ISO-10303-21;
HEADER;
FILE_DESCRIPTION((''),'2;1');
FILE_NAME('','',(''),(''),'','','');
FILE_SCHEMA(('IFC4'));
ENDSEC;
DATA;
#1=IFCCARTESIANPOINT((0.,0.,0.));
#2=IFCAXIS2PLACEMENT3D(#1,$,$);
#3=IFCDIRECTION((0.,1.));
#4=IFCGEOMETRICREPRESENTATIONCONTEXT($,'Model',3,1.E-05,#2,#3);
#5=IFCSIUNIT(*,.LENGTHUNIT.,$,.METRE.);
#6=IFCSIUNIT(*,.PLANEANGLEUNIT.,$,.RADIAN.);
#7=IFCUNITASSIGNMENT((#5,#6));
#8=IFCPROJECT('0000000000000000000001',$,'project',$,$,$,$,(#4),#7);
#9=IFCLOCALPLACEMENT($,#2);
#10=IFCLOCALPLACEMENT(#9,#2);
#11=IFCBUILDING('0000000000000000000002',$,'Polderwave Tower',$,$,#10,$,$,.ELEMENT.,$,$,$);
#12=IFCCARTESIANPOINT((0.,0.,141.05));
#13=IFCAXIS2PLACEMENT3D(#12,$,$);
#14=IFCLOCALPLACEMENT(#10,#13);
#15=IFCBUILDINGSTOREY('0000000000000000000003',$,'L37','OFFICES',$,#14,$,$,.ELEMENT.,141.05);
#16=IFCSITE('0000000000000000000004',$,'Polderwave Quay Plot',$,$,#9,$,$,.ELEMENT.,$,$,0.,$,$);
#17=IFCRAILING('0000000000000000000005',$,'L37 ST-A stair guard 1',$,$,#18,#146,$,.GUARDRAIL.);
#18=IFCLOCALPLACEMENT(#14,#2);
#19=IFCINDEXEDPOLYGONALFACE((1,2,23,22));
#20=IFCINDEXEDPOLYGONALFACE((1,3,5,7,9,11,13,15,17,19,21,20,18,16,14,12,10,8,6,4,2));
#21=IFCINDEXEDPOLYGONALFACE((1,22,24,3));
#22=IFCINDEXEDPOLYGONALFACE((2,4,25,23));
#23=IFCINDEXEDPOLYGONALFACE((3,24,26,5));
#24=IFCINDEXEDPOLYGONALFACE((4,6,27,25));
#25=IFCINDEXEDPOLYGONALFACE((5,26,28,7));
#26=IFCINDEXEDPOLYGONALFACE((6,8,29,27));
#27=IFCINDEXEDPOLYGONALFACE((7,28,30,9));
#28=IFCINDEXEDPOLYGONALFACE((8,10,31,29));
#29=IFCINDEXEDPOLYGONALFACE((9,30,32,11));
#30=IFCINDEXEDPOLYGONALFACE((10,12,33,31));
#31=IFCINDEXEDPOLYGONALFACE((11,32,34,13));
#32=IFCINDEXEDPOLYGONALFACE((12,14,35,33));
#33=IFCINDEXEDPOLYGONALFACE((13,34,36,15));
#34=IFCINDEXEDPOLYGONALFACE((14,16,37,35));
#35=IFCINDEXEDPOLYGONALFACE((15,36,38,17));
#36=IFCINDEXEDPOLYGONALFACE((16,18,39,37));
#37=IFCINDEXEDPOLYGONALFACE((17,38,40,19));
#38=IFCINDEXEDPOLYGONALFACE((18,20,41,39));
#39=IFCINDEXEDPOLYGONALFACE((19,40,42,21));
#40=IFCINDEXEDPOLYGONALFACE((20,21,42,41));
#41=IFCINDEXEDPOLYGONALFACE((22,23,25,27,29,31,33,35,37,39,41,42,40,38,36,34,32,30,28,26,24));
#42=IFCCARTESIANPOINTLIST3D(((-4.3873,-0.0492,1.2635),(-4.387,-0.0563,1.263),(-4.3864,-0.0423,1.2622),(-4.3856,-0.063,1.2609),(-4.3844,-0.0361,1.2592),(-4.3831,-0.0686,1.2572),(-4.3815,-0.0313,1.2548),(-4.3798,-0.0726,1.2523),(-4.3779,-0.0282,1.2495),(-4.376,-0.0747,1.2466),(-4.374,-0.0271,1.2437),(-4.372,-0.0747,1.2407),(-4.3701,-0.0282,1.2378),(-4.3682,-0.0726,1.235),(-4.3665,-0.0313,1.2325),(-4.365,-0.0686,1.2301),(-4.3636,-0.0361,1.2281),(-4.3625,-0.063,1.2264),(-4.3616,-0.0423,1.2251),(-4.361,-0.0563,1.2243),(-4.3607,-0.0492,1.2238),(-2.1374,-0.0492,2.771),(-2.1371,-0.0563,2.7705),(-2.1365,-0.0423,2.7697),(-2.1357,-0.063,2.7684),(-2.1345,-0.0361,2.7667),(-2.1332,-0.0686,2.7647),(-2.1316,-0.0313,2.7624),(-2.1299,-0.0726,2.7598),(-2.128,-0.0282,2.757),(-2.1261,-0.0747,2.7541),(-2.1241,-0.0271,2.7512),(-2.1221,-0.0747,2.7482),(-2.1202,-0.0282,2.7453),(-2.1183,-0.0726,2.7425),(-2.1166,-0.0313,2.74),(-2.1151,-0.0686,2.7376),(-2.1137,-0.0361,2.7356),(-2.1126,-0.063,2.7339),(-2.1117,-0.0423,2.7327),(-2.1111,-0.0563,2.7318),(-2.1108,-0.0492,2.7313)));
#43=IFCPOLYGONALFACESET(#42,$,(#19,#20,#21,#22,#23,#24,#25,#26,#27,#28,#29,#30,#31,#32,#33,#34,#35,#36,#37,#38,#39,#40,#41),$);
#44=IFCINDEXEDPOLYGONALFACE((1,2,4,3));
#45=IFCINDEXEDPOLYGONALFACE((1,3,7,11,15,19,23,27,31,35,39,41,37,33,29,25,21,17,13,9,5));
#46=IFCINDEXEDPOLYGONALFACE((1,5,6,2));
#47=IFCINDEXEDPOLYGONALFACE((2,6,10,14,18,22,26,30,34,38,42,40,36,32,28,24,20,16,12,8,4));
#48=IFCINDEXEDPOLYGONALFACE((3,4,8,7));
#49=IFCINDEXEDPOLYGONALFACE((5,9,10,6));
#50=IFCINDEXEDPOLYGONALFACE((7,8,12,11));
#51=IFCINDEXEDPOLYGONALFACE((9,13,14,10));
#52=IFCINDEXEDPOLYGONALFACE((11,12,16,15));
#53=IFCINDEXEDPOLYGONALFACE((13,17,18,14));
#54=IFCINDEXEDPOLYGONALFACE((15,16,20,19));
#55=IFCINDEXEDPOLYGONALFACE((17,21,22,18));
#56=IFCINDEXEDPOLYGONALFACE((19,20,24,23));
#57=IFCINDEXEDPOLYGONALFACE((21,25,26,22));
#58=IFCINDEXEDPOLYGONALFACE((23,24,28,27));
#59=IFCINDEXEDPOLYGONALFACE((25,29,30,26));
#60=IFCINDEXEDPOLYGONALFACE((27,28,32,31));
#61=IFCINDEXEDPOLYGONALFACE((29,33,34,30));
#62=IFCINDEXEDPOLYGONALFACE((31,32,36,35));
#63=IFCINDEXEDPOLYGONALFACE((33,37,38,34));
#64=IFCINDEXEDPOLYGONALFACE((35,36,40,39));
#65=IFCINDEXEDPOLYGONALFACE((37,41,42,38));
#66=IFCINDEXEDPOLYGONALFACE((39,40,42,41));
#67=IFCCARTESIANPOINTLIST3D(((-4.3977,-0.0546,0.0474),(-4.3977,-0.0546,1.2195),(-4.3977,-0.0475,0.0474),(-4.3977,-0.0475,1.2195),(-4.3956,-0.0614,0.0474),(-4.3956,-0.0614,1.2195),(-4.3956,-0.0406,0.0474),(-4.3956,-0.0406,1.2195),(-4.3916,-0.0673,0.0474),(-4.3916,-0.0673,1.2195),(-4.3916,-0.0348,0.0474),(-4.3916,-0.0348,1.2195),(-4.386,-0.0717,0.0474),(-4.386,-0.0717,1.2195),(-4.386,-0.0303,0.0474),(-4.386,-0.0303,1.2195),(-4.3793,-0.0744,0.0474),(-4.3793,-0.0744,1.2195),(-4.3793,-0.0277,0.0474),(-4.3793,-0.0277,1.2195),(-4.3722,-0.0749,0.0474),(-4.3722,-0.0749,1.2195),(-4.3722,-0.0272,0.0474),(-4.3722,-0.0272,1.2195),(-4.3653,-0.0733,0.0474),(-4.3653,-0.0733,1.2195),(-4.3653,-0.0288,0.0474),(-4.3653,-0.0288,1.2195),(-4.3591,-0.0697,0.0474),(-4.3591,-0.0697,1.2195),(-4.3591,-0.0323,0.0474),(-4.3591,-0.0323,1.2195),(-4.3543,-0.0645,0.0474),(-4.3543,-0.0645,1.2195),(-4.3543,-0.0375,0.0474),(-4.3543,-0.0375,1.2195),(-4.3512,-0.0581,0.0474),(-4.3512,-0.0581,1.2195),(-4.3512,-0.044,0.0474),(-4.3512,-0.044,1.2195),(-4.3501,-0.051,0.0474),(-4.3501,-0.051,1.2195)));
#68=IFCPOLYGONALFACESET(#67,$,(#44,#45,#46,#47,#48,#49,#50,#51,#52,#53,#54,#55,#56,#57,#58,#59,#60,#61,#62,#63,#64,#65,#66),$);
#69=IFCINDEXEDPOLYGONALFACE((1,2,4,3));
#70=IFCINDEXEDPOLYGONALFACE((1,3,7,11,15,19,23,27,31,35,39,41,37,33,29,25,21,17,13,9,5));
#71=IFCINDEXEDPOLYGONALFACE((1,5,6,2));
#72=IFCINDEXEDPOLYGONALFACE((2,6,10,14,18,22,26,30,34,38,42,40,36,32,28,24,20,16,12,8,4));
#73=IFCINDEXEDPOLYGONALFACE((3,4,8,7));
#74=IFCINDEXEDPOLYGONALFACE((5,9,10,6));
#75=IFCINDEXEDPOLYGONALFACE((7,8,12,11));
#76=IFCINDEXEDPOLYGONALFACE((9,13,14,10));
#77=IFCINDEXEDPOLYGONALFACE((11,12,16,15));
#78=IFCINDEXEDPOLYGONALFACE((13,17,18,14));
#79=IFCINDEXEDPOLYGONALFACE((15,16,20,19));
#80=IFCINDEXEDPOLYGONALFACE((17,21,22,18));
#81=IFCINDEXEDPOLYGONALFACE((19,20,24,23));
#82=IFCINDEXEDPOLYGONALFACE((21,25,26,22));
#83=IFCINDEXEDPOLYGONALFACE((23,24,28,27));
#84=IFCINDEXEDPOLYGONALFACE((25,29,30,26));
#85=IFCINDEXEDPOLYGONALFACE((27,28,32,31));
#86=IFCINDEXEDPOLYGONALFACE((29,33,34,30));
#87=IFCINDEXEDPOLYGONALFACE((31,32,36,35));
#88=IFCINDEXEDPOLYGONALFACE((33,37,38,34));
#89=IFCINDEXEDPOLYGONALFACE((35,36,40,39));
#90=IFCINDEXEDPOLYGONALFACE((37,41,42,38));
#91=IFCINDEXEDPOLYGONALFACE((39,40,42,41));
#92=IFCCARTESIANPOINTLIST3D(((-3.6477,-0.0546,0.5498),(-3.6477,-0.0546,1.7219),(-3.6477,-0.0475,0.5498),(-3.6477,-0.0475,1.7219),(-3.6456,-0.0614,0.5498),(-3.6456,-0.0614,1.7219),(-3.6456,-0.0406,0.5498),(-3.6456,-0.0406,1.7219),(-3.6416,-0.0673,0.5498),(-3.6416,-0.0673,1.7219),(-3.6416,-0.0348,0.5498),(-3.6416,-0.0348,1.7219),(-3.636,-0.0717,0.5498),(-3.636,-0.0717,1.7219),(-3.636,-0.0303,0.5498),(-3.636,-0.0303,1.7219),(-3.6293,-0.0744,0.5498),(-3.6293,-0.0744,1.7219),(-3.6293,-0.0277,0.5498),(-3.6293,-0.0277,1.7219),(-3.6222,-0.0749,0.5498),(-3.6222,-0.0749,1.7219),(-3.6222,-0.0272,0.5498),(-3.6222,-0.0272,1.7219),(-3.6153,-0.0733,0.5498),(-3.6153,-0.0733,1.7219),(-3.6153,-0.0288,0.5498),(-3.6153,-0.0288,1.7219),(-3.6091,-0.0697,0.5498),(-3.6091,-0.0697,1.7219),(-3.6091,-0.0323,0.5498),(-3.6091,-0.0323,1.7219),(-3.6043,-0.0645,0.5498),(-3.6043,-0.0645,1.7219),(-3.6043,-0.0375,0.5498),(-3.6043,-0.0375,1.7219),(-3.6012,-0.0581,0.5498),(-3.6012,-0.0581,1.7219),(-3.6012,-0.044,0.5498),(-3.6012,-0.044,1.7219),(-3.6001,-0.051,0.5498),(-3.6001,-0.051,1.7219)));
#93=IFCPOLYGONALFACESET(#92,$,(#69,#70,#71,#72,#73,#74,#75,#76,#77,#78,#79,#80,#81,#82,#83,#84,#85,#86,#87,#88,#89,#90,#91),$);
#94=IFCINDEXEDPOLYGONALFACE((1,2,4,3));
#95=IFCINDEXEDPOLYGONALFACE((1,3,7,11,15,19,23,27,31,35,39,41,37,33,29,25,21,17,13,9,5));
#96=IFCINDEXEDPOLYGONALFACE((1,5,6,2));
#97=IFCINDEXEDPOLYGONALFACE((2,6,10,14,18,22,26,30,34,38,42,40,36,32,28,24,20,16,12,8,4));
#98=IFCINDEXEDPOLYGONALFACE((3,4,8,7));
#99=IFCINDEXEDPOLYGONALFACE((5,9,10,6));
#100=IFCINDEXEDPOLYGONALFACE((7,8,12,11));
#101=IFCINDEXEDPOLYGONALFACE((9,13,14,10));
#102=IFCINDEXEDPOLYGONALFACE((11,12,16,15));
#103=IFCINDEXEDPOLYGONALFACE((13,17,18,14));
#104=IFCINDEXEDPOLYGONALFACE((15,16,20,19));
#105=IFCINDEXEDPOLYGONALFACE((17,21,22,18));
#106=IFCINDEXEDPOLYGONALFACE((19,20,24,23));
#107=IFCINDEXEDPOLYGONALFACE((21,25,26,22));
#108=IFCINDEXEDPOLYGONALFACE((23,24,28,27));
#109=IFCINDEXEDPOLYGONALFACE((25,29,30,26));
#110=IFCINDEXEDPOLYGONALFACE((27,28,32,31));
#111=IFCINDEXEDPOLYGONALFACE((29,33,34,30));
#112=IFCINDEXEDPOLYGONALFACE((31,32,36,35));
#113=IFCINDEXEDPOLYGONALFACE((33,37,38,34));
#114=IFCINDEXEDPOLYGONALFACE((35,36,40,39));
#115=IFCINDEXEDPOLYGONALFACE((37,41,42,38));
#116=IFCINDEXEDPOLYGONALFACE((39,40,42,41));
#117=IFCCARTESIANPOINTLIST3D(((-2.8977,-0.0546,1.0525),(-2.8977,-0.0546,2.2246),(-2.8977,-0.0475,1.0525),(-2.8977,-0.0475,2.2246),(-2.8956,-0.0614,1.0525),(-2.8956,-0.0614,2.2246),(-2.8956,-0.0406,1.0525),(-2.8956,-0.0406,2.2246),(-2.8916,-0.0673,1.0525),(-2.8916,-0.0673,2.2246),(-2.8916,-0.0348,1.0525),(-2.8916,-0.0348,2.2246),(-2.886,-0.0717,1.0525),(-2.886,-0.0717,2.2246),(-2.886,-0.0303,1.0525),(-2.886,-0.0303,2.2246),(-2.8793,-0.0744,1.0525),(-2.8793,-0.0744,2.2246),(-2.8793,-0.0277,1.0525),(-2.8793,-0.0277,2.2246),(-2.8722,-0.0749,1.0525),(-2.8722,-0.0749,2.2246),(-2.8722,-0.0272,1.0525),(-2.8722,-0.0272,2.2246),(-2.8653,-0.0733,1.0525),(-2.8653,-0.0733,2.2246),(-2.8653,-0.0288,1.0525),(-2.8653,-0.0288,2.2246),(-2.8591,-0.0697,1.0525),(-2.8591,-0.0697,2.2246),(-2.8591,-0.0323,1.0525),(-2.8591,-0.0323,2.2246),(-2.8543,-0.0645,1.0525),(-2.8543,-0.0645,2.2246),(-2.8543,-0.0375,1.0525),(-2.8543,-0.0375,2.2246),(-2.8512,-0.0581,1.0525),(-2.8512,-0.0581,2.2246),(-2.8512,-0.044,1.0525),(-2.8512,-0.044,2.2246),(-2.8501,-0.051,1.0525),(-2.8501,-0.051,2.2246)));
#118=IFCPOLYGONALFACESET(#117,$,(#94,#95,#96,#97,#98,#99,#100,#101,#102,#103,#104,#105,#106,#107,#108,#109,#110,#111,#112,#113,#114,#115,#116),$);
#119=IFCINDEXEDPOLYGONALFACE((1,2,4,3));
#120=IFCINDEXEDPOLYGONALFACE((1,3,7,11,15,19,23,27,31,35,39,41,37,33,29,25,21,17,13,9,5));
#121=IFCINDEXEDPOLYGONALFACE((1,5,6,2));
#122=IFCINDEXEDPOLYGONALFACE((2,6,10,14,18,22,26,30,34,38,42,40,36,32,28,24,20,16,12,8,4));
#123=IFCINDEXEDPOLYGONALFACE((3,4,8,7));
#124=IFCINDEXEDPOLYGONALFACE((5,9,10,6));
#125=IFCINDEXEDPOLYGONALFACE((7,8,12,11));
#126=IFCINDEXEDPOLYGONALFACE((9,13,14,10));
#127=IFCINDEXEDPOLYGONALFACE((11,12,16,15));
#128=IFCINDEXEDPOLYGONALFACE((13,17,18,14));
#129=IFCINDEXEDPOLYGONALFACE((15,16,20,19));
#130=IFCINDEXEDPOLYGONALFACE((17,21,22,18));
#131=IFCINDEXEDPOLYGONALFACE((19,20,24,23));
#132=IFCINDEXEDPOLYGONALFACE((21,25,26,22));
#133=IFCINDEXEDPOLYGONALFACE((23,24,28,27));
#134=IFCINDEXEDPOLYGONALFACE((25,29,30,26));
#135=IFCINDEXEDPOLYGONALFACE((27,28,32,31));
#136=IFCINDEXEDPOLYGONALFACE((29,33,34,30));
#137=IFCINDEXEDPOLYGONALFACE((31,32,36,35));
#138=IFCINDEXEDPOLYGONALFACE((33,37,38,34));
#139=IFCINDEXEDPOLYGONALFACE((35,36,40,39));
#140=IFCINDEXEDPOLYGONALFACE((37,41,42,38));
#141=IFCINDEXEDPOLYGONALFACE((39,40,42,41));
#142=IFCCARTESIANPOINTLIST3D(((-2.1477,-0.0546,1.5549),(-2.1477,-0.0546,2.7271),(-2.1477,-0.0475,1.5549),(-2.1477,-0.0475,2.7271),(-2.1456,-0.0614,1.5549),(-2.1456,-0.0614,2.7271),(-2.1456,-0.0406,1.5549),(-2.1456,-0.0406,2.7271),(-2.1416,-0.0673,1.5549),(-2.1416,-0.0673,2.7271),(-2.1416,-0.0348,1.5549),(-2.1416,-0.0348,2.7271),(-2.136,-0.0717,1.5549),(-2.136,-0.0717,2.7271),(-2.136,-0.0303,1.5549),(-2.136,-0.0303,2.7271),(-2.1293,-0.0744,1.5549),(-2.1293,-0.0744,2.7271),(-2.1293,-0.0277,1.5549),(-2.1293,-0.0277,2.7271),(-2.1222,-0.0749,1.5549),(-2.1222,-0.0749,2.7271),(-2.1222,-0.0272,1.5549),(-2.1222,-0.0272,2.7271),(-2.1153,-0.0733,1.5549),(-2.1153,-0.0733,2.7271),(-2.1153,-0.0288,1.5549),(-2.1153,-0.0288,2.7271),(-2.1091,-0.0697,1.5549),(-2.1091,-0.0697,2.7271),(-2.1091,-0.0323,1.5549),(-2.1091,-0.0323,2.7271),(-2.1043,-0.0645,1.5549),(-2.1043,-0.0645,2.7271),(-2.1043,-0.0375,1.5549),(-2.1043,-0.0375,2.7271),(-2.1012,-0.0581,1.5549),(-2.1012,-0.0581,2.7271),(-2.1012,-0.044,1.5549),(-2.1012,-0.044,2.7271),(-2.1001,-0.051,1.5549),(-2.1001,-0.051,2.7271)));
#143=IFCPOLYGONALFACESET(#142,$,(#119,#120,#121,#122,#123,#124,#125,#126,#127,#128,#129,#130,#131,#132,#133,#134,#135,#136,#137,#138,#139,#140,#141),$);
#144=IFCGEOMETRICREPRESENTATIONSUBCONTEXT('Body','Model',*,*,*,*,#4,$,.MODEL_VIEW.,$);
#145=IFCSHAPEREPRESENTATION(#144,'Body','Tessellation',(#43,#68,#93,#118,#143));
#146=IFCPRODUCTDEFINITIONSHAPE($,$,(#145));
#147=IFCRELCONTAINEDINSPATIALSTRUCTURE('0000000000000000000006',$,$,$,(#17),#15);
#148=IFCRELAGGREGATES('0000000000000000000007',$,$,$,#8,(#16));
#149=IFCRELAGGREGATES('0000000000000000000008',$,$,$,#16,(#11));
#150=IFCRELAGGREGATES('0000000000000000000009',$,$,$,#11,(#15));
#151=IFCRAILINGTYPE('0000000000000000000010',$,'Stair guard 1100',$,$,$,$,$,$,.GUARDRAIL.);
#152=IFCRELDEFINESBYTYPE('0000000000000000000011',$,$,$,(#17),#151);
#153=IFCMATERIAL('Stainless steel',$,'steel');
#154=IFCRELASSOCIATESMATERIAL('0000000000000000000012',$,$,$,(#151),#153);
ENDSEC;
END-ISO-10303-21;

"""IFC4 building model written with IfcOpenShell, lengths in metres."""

from ifc_helpers import new_model, si_unit, direction, frame, origin, origin_2d, place, context, subcontext, project, spatial, circle, extrude, material, type_object, element, save


model = new_model("IFC4")

# Units and contexts
model_context = context("Model", 3, precision=1e-05, world=origin(), true_north=direction((0.0, 1.0)))
body_context = subcontext(model_context, "Body", "Model", "MODEL_VIEW")
ifc_project = project(units=[si_unit("LENGTHUNIT", "METRE"), si_unit("PLANEANGLEUNIT", "RADIAN")], contexts=[model_context])

# Site, building, storey
site_placement = place(None, origin())
site = spatial("IfcSite", under=ifc_project, at=site_placement, Name="Polderwave Quay Plot", CompositionType="ELEMENT", RefElevation=0.0)
building_placement = place(site_placement, origin())
building = spatial("IfcBuilding", under=site, at=building_placement, Name="Polderwave Tower", CompositionType="ELEMENT")
storey_placement = place(building_placement, frame((0.0, 0.0, 141.05)))
storey = spatial("IfcBuildingStorey", under=building, at=storey_placement, Name="L37", Description="OFFICES", CompositionType="ELEMENT", Elevation=141.05)

# Railing
ifc_material_1 = material(Name="Stainless steel", Category="steel")
railing_type_1 = type_object("IfcRailingType", Name="Stair guard 1100", PredefinedType="GUARDRAIL", material=ifc_material_1)
railing_1_placement = place(storey_placement, frame((-4.374, -0.051, 0.0474)))
element("IfcRailing", 1, at=railing_1_placement, inside=storey, type_object=railing_type_1, Name="L37 ST-A stair guard 1", PredefinedType="GUARDRAIL", context=body_context, shape_type="SweptSolid", body=[
    extrude(circle(Radius=0.0239, at=origin_2d()), frame((0.0, 0.0, 1.1963), z_axis=(0.830758, 0.0, 0.556633), x_axis=(0.0, 1.0, 0.0)), (0.0, 0.0, 1.0), 2.7083),
    extrude(circle(Radius=0.0239, at=origin_2d()), origin(), (0.0, 0.0, 1.0), 1.1721),
    extrude(circle(Radius=0.0239, at=origin_2d()), frame((0.75, 0.0, 0.5024)), (0.0, 0.0, 1.0), 1.1721),
    extrude(circle(Radius=0.0239, at=origin_2d()), frame((1.5, 0.0, 1.0051)), (0.0, 0.0, 1.0), 1.1721),
    extrude(circle(Radius=0.0239, at=origin_2d()), frame((2.25, 0.0, 1.5076)), (0.0, 0.0, 1.0), 1.1721),
])

save(model, "model.ifc")
